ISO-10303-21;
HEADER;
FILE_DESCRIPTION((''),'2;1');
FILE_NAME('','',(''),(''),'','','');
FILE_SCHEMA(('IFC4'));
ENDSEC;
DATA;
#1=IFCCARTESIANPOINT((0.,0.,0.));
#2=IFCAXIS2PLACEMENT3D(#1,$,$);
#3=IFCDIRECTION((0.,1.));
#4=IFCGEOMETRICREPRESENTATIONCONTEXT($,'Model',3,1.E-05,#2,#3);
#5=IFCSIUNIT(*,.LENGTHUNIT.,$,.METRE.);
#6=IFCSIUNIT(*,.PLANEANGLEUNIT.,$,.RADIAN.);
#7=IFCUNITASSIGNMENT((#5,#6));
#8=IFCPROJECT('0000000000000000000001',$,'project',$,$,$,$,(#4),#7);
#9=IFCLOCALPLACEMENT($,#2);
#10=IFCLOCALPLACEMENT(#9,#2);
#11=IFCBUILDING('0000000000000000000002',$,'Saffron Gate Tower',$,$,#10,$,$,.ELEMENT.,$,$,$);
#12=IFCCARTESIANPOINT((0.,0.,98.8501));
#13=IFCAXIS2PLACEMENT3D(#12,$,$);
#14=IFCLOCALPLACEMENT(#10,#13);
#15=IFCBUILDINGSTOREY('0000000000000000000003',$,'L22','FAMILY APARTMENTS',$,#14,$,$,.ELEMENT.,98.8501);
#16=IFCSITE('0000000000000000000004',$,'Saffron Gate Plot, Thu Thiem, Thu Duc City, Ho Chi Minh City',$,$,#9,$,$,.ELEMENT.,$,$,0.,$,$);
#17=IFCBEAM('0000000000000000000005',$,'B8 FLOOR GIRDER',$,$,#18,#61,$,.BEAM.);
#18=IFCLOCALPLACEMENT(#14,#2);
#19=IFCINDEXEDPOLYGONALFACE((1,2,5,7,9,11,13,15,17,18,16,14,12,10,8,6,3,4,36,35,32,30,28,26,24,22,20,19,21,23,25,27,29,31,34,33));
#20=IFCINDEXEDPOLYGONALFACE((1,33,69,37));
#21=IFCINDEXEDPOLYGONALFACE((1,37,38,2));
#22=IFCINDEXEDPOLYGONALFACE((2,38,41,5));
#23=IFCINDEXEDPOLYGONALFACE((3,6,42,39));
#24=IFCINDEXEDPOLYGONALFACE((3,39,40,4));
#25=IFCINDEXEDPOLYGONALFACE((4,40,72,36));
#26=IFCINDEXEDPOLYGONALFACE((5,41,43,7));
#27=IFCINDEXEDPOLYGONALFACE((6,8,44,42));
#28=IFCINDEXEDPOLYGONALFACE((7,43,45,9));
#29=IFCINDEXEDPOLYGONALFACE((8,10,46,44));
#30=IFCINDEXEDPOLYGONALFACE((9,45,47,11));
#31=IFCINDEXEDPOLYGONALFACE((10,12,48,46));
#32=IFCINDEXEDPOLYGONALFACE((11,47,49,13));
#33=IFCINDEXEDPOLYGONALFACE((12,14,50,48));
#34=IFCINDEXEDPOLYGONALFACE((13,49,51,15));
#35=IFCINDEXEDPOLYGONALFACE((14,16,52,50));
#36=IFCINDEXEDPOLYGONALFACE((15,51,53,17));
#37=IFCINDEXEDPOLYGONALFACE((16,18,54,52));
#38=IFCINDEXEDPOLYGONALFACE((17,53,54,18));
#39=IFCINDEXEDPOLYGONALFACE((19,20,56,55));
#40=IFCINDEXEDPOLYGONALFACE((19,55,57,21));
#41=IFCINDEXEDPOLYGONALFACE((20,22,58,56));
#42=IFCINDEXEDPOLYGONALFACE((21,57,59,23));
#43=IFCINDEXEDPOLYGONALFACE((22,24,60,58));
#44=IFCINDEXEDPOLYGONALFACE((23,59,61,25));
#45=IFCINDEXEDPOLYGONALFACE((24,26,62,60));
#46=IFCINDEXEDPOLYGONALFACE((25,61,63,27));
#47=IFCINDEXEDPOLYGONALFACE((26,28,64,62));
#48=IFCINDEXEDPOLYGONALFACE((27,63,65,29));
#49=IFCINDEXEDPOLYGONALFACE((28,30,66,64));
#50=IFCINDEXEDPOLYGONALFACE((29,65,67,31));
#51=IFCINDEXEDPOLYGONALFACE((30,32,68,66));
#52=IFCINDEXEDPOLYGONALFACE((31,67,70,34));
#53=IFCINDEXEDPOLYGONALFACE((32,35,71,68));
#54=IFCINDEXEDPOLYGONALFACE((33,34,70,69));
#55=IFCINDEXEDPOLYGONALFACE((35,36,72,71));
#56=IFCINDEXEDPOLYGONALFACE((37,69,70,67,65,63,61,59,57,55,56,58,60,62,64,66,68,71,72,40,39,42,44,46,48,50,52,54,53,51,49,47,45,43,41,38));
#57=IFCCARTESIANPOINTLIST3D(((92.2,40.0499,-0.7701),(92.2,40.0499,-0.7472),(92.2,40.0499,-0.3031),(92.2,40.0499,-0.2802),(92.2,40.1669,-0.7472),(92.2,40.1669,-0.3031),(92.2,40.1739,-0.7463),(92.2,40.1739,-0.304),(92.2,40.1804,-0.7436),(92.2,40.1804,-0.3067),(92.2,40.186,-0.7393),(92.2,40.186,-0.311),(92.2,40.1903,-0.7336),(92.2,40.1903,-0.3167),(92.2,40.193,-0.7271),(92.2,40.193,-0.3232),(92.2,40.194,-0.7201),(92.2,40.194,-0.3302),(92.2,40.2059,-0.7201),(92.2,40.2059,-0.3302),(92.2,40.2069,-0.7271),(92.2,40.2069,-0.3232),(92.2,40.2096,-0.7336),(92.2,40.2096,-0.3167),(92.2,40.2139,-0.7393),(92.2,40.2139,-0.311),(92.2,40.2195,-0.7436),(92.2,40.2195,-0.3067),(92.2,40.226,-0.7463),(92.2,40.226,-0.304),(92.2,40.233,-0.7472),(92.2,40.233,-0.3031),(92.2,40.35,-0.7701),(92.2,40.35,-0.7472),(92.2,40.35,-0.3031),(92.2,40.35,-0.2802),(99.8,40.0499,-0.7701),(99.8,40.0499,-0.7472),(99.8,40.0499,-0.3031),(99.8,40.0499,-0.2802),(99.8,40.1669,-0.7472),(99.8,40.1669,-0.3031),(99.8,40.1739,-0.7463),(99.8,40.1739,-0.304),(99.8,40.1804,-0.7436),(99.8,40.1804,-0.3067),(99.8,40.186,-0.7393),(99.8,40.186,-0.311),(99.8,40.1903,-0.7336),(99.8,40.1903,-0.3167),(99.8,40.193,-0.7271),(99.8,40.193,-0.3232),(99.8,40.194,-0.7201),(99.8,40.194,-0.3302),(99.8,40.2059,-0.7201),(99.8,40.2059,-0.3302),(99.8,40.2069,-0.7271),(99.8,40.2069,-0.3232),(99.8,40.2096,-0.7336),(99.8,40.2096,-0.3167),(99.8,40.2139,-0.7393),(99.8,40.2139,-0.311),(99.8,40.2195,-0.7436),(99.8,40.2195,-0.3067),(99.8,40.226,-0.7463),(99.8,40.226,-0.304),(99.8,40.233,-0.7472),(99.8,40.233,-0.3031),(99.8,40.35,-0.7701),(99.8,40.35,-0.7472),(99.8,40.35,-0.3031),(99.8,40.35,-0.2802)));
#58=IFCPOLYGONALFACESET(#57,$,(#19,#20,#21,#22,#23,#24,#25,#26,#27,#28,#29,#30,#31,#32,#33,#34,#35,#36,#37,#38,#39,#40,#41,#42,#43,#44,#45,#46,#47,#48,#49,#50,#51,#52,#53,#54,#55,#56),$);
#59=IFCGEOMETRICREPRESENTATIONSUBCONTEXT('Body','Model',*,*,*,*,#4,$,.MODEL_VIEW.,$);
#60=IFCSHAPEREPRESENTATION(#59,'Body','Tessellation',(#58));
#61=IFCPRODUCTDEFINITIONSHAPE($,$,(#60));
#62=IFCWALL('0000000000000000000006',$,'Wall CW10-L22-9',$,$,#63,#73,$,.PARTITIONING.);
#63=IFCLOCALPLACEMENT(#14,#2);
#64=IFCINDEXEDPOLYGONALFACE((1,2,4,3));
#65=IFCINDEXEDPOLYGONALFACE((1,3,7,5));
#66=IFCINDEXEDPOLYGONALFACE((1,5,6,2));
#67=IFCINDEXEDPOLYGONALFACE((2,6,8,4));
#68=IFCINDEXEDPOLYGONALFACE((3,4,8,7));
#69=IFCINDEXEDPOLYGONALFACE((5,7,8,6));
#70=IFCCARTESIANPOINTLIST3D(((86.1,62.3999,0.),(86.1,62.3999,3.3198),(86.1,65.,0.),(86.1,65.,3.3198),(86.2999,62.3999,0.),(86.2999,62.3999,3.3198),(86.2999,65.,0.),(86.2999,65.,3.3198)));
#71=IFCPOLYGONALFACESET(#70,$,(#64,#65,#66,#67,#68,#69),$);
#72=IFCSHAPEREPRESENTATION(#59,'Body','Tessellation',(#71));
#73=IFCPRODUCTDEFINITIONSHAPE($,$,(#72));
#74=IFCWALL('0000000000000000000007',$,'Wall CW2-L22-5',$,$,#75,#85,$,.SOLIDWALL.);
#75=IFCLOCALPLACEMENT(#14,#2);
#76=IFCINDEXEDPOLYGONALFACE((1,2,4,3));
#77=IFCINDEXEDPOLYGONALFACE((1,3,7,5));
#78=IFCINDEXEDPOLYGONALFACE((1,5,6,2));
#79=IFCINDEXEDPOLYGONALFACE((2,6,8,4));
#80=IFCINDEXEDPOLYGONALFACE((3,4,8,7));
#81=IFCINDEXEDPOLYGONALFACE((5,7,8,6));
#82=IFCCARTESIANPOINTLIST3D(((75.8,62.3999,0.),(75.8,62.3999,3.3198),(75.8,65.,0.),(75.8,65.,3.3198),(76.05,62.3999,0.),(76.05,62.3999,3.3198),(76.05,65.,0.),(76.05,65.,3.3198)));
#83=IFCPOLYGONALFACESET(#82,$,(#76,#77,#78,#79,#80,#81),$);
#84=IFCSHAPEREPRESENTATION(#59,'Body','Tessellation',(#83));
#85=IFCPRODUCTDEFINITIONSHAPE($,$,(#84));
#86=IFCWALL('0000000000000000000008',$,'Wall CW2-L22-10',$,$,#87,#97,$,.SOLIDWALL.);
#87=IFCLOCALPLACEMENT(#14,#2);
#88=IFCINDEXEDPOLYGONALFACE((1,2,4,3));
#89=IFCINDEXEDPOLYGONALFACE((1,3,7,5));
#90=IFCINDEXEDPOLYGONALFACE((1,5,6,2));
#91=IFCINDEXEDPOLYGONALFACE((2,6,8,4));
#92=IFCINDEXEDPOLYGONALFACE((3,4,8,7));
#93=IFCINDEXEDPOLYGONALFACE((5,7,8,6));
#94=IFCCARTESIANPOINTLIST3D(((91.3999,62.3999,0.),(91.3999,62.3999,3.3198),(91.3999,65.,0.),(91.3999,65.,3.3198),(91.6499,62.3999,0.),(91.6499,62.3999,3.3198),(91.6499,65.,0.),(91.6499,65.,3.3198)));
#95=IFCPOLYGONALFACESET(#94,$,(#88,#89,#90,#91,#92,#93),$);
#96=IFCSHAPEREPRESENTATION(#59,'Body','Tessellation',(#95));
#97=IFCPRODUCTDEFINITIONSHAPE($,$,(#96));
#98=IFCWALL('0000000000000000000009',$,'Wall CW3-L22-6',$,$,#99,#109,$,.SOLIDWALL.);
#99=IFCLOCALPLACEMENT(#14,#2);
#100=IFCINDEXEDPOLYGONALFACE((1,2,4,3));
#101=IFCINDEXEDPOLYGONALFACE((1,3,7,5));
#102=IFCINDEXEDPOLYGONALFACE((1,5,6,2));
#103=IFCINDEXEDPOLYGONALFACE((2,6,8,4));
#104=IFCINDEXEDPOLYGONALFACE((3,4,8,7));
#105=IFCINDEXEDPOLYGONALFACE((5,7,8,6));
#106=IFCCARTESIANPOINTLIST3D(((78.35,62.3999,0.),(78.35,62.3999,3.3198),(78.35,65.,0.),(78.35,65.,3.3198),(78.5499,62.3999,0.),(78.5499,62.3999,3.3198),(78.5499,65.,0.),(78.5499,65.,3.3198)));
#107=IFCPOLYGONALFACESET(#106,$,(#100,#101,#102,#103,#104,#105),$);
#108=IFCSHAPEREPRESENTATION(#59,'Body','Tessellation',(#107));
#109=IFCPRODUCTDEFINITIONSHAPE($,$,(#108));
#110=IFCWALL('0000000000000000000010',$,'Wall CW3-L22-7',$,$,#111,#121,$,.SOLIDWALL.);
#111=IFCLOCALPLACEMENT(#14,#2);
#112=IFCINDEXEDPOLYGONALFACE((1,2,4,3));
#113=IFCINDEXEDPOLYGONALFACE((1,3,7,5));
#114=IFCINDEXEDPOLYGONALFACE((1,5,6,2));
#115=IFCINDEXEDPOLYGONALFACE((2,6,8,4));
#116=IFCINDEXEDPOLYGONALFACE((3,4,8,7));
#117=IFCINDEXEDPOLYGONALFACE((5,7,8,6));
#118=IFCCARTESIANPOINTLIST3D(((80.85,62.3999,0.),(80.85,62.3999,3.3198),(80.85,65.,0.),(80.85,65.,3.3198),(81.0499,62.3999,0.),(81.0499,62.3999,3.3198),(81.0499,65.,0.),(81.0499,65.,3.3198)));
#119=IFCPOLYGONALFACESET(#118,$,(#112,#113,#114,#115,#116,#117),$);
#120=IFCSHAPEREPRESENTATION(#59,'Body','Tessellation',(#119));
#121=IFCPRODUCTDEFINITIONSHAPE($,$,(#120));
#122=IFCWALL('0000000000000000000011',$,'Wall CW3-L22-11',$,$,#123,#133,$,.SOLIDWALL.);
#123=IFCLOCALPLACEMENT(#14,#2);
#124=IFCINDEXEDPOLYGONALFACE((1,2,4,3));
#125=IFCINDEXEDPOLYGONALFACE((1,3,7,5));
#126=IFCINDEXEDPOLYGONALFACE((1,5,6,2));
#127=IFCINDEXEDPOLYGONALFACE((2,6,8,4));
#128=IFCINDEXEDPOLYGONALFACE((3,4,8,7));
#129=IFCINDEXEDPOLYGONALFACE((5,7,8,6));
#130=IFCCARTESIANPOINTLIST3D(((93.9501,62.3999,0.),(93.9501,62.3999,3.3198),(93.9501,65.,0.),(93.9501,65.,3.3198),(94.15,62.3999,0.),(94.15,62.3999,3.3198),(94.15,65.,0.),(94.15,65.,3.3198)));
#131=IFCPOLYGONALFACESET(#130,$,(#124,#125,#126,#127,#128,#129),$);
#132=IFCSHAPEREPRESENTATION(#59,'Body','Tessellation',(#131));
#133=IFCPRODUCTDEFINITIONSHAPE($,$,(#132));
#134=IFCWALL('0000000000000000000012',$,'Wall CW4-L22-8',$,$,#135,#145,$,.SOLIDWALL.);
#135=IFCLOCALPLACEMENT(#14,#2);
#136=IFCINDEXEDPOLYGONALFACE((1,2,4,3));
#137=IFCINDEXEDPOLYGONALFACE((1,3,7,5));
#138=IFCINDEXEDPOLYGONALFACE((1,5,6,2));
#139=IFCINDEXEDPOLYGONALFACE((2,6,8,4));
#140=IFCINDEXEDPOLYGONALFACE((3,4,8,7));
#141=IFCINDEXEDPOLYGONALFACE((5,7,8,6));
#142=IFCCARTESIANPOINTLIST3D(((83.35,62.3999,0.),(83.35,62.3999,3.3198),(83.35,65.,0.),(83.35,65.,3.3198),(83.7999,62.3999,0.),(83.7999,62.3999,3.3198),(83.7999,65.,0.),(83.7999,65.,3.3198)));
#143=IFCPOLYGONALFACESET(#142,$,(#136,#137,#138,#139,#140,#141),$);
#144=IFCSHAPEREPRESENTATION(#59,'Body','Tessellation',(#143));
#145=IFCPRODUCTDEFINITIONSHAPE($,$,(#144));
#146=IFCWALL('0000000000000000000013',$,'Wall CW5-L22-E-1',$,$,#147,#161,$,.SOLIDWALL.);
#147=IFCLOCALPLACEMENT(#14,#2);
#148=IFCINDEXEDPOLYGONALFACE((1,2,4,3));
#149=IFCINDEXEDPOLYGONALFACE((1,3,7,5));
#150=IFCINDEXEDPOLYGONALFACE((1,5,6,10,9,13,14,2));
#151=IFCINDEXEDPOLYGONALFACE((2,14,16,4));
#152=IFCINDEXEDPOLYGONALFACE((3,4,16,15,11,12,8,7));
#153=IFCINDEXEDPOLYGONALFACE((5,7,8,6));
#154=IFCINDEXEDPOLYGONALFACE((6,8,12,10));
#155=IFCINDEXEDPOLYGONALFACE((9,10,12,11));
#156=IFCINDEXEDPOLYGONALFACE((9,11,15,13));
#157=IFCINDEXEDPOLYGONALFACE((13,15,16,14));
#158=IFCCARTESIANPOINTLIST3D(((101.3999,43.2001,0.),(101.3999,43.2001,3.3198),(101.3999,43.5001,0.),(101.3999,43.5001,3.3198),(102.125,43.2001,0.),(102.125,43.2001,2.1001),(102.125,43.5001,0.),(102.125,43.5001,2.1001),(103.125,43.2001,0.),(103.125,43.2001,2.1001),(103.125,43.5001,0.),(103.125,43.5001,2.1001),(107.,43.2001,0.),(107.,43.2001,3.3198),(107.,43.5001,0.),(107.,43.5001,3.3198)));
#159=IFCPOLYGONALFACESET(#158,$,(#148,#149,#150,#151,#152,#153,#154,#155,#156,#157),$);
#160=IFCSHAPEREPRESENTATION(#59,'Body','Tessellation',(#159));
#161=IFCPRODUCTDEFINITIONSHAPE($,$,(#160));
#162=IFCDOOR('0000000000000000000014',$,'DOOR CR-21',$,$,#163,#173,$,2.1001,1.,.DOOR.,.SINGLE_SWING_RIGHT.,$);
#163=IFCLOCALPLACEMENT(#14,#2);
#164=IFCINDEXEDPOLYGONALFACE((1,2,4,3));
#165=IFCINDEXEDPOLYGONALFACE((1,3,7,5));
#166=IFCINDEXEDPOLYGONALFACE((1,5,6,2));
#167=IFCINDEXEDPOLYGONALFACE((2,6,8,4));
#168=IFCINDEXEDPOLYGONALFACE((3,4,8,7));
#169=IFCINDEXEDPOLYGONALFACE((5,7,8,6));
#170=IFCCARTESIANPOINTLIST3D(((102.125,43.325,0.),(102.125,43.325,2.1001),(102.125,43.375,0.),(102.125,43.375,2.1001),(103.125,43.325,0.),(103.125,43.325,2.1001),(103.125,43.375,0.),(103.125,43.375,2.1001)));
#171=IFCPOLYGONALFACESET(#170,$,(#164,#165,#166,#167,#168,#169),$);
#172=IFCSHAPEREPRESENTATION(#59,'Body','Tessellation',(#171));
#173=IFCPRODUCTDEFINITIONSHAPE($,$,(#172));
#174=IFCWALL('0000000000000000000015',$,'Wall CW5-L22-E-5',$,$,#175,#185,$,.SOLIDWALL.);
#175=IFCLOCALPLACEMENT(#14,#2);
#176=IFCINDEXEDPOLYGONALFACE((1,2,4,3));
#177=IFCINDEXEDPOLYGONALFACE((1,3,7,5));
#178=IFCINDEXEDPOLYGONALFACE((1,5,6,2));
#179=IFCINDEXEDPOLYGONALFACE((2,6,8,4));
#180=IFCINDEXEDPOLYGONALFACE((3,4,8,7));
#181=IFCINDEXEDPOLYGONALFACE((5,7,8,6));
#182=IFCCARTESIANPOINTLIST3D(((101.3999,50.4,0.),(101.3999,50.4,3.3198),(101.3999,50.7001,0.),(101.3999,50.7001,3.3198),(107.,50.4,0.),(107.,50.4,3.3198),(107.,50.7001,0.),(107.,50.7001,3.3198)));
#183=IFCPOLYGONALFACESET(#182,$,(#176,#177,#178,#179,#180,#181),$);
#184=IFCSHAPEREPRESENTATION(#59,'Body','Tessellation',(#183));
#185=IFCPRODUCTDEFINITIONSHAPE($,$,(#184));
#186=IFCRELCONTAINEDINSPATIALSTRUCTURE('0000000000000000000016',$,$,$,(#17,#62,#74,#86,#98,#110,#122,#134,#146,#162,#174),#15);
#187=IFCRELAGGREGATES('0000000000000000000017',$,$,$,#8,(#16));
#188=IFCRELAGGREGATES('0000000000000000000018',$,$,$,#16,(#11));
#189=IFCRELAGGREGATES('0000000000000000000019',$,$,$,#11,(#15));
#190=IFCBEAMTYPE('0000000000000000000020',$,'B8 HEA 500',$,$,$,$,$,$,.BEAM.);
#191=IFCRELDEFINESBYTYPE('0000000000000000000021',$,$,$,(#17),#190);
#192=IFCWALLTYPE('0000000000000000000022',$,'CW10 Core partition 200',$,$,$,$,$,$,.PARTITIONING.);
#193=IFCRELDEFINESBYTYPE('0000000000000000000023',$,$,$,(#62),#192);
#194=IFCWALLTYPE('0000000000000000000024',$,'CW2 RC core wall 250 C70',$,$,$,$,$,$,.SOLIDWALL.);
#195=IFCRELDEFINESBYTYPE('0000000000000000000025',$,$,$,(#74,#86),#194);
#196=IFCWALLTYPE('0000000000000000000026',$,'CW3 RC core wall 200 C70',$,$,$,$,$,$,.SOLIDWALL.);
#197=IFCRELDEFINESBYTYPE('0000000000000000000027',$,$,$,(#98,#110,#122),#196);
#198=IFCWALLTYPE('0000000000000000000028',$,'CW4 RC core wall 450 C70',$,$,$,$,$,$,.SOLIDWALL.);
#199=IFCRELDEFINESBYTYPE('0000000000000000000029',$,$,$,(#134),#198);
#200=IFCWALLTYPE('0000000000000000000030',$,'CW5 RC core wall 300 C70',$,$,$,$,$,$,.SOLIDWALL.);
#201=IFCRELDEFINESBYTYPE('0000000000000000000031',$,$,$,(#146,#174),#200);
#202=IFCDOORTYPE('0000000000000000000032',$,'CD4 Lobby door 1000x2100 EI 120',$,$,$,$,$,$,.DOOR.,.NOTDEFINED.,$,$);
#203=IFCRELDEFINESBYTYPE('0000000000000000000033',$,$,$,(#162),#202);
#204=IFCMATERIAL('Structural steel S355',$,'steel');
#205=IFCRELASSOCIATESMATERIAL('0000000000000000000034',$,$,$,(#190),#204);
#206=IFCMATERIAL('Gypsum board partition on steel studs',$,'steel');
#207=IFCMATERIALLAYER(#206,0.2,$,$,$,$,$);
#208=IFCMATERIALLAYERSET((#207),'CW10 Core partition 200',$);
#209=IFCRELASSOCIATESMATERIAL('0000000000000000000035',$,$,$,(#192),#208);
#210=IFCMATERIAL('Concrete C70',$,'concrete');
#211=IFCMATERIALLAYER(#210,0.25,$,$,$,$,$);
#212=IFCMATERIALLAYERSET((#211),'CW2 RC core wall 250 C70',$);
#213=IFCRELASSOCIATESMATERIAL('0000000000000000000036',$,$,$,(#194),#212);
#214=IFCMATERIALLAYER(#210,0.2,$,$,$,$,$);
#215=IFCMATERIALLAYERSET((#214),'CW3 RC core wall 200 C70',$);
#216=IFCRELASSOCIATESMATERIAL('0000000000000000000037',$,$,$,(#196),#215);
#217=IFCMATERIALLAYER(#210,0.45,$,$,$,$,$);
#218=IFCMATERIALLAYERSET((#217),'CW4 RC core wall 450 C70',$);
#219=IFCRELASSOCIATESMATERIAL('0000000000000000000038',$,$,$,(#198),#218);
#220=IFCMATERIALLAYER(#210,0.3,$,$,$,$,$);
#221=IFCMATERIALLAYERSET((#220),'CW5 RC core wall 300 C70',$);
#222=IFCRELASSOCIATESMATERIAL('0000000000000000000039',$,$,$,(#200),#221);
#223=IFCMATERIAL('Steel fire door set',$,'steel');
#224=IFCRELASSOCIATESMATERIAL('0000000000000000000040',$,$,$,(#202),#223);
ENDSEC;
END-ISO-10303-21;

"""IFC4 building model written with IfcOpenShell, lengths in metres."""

from ifc_helpers import new_model, si_unit, direction, frame, frame_2d, origin, origin_2d, place, context, subcontext, project, spatial, rectangle, i_section, extrude, material, layer, layer_set, material_profile, profile_set, type_object, element, fill, save


model = new_model("IFC4")

# Units and contexts
model_context = context("Model", 3, precision=1e-05, world=origin(), true_north=direction((0.0, 1.0)))
body_context = subcontext(model_context, "Body", "Model", "MODEL_VIEW")
ifc_project = project(units=[si_unit("LENGTHUNIT", "METRE"), si_unit("PLANEANGLEUNIT", "RADIAN")], contexts=[model_context])

# Site, building, storey
site_placement = place(None, origin())
site = spatial("IfcSite", under=ifc_project, at=site_placement, Name="Saffron Gate Plot, Thu Thiem, Thu Duc City, Ho Chi Minh City", CompositionType="ELEMENT", RefElevation=0.0)
building_placement = place(site_placement, origin())
building = spatial("IfcBuilding", under=site, at=building_placement, Name="Saffron Gate Tower", CompositionType="ELEMENT")
storey_placement = place(building_placement, frame((0.0, 0.0, 98.8501)))
storey = spatial("IfcBuildingStorey", under=building, at=storey_placement, Name="L22", Description="FAMILY APARTMENTS", CompositionType="ELEMENT", Elevation=98.8501)

# Beam
ifc_material_1 = material(Name="Structural steel S355", Category="steel")
ifc_material_profile_1 = material_profile(ifc_material_1, i_section(OverallWidth=0.3, OverallDepth=0.49, WebThickness=0.012, FlangeThickness=0.0229, FilletRadius=0.0271, at=origin_2d()))
ifc_profile_set_1 = profile_set([ifc_material_profile_1], Name="Structural steel S355")
beam_type_1 = type_object("IfcBeamType", Name="B8 HEA 500", PredefinedType="BEAM", material=ifc_profile_set_1)
beam_1_placement = place(storey_placement, frame((92.2, 40.2, -0.5251), z_axis=(1.0, 0.0, 0.0), x_axis=(0.0, 1.0, 0.0)))
element("IfcBeam", 1, at=beam_1_placement, inside=storey, type_object=beam_type_1, Name="B8 FLOOR GIRDER", PredefinedType="BEAM", context=body_context, shape_type="SweptSolid", body=[
    extrude(i_section(OverallWidth=0.3, OverallDepth=0.49, WebThickness=0.012, FlangeThickness=0.0229, FilletRadius=0.0271, at=origin_2d()), origin(), (0.0, 0.0, 1.0), 7.6001),
])

# Walls
ifc_material_2 = material(Name="Gypsum board partition on steel studs", Category="steel")
ifc_layer_1 = layer(ifc_material_2, 0.2)
ifc_layer_set_1 = layer_set([ifc_layer_1], Name="CW10 Core partition 200")
wall_type_1 = type_object("IfcWallType", Name="CW10 Core partition 200", PredefinedType="PARTITIONING", material=ifc_layer_set_1)
wall_1_placement = place(storey_placement, frame((86.2, 62.3999, 0.0), z_axis=(0.0, 0.0, 1.0), x_axis=(0.0, 1.0, 0.0)))
element("IfcWall", 2, at=wall_1_placement, inside=storey, type_object=wall_type_1, Name="Wall CW10-L22-9", PredefinedType="PARTITIONING", context=body_context, shape_type="SweptSolid", body=[
    extrude(rectangle(XDim=2.6001, YDim=0.2, at=frame_2d((1.3, 0.0))), origin(), (0.0, 0.0, 1.0), 3.3198),
])
ifc_material_3 = material(Name="Concrete C70", Category="concrete")
ifc_layer_2 = layer(ifc_material_3, 0.25)
ifc_layer_set_2 = layer_set([ifc_layer_2], Name="CW2 RC core wall 250 C70")
wall_type_2 = type_object("IfcWallType", Name="CW2 RC core wall 250 C70", PredefinedType="SOLIDWALL", material=ifc_layer_set_2)
for number, where, z_axis, x_axis, name in (
    (3, (75.925, 62.3999, 0.0), (0.0, 0.0, 1.0), (0.0, 1.0, 0.0), "Wall CW2-L22-5"),
    (4, (91.5249, 62.3999, 0.0), (0.0, 0.0, 1.0), (0.0, 1.0, 0.0), "Wall CW2-L22-10"),
):
    element("IfcWall", number, at=place(storey_placement, frame(where, z_axis=z_axis, x_axis=x_axis)), inside=storey, type_object=wall_type_2, Name=name, PredefinedType="SOLIDWALL", context=body_context, shape_type="SweptSolid", body=[
        extrude(rectangle(XDim=2.6001, YDim=0.25, at=frame_2d((1.3, 0.0))), origin(), (0.0, 0.0, 1.0), 3.3198),
    ])
ifc_layer_3 = layer(ifc_material_3, 0.2)
ifc_layer_set_3 = layer_set([ifc_layer_3], Name="CW3 RC core wall 200 C70")
wall_type_3 = type_object("IfcWallType", Name="CW3 RC core wall 200 C70", PredefinedType="SOLIDWALL", material=ifc_layer_set_3)
for number, where, z_axis, x_axis, name in (
    (5, (78.45, 62.3999, 0.0), (0.0, 0.0, 1.0), (0.0, 1.0, 0.0), "Wall CW3-L22-6"),
    (6, (80.95, 62.3999, 0.0), (0.0, 0.0, 1.0), (0.0, 1.0, 0.0), "Wall CW3-L22-7"),
    (7, (94.05, 62.3999, 0.0), (0.0, 0.0, 1.0), (0.0, 1.0, 0.0), "Wall CW3-L22-11"),
):
    element("IfcWall", number, at=place(storey_placement, frame(where, z_axis=z_axis, x_axis=x_axis)), inside=storey, type_object=wall_type_3, Name=name, PredefinedType="SOLIDWALL", context=body_context, shape_type="SweptSolid", body=[
        extrude(rectangle(XDim=2.6001, YDim=0.2, at=frame_2d((1.3, 0.0))), origin(), (0.0, 0.0, 1.0), 3.3198),
    ])
ifc_layer_4 = layer(ifc_material_3, 0.45)
ifc_layer_set_4 = layer_set([ifc_layer_4], Name="CW4 RC core wall 450 C70")
wall_type_4 = type_object("IfcWallType", Name="CW4 RC core wall 450 C70", PredefinedType="SOLIDWALL", material=ifc_layer_set_4)
wall_2_placement = place(storey_placement, frame((83.575, 62.3999, 0.0), z_axis=(0.0, 0.0, 1.0), x_axis=(0.0, 1.0, 0.0)))
element("IfcWall", 8, at=wall_2_placement, inside=storey, type_object=wall_type_4, Name="Wall CW4-L22-8", PredefinedType="SOLIDWALL", context=body_context, shape_type="SweptSolid", body=[
    extrude(rectangle(XDim=2.6001, YDim=0.45, at=frame_2d((1.3, 0.0))), origin(), (0.0, 0.0, 1.0), 3.3198),
])

# Wall, opening, door
ifc_layer_5 = layer(ifc_material_3, 0.3)
ifc_layer_set_5 = layer_set([ifc_layer_5], Name="CW5 RC core wall 300 C70")
wall_type_5 = type_object("IfcWallType", Name="CW5 RC core wall 300 C70", PredefinedType="SOLIDWALL", material=ifc_layer_set_5)
wall_3_placement = place(storey_placement, frame((101.3999, 43.3501, 0.0), z_axis=(0.0, 0.0, 1.0), x_axis=(1.0, 0.0, 0.0)))
wall_3 = element("IfcWall", 9, at=wall_3_placement, inside=storey, type_object=wall_type_5, Name="Wall CW5-L22-E-1", PredefinedType="SOLIDWALL", context=body_context, shape_type="SweptSolid", body=[
    extrude(rectangle(XDim=5.6001, YDim=0.3, at=frame_2d((2.8, 0.0))), origin(), (0.0, 0.0, 1.0), 3.3198),
])
opening_1_placement = place(wall_3_placement, frame((0.7251, 0.0, 0.0)))
opening_1 = element("IfcOpeningElement", 10, at=opening_1_placement, cuts=wall_3, PredefinedType="OPENING", context=body_context, shape_type="SweptSolid", body=[
    extrude(rectangle(XDim=1.0, YDim=2.1001, at=frame_2d((0.5, 1.05))), frame((0.0, 0.1602, 0.0), z_axis=(0.0, -1.0, 0.0), x_axis=(1.0, 0.0, 0.0)), (0.0, 0.0, 1.0), 0.3201),
])
ifc_material_4 = material(Name="Steel fire door set", Category="steel")
door_type_1 = type_object("IfcDoorType", Name="CD4 Lobby door 1000x2100 EI 120", OperationType="NOTDEFINED", PredefinedType="DOOR", material=ifc_material_4)
door_1_placement = place(opening_1_placement, origin())
door_1 = element("IfcDoor", 11, at=door_1_placement, inside=storey, type_object=door_type_1, Name="DOOR CR-21", OperationType="SINGLE_SWING_RIGHT", OverallHeight=2.1001, OverallWidth=1.0, PredefinedType="DOOR", context=body_context, shape_type="SweptSolid", body=[
    extrude(rectangle(XDim=1.0, YDim=2.1001, at=frame_2d((0.5, 1.05))), frame((0.0, 0.0249, 0.0), z_axis=(0.0, -1.0, 0.0), x_axis=(1.0, 0.0, 0.0)), (0.0, 0.0, 1.0), 0.05),
])
fill(opening_1, door_1)

# Wall
wall_4_placement = place(storey_placement, frame((101.3999, 50.55, 0.0), z_axis=(0.0, 0.0, 1.0), x_axis=(1.0, 0.0, 0.0)))
element("IfcWall", 12, at=wall_4_placement, inside=storey, type_object=wall_type_5, Name="Wall CW5-L22-E-5", PredefinedType="SOLIDWALL", context=body_context, shape_type="SweptSolid", body=[
    extrude(rectangle(XDim=5.6001, YDim=0.3, at=frame_2d((2.8, 0.0))), origin(), (0.0, 0.0, 1.0), 3.3198),
])

save(model, "model.ifc")
